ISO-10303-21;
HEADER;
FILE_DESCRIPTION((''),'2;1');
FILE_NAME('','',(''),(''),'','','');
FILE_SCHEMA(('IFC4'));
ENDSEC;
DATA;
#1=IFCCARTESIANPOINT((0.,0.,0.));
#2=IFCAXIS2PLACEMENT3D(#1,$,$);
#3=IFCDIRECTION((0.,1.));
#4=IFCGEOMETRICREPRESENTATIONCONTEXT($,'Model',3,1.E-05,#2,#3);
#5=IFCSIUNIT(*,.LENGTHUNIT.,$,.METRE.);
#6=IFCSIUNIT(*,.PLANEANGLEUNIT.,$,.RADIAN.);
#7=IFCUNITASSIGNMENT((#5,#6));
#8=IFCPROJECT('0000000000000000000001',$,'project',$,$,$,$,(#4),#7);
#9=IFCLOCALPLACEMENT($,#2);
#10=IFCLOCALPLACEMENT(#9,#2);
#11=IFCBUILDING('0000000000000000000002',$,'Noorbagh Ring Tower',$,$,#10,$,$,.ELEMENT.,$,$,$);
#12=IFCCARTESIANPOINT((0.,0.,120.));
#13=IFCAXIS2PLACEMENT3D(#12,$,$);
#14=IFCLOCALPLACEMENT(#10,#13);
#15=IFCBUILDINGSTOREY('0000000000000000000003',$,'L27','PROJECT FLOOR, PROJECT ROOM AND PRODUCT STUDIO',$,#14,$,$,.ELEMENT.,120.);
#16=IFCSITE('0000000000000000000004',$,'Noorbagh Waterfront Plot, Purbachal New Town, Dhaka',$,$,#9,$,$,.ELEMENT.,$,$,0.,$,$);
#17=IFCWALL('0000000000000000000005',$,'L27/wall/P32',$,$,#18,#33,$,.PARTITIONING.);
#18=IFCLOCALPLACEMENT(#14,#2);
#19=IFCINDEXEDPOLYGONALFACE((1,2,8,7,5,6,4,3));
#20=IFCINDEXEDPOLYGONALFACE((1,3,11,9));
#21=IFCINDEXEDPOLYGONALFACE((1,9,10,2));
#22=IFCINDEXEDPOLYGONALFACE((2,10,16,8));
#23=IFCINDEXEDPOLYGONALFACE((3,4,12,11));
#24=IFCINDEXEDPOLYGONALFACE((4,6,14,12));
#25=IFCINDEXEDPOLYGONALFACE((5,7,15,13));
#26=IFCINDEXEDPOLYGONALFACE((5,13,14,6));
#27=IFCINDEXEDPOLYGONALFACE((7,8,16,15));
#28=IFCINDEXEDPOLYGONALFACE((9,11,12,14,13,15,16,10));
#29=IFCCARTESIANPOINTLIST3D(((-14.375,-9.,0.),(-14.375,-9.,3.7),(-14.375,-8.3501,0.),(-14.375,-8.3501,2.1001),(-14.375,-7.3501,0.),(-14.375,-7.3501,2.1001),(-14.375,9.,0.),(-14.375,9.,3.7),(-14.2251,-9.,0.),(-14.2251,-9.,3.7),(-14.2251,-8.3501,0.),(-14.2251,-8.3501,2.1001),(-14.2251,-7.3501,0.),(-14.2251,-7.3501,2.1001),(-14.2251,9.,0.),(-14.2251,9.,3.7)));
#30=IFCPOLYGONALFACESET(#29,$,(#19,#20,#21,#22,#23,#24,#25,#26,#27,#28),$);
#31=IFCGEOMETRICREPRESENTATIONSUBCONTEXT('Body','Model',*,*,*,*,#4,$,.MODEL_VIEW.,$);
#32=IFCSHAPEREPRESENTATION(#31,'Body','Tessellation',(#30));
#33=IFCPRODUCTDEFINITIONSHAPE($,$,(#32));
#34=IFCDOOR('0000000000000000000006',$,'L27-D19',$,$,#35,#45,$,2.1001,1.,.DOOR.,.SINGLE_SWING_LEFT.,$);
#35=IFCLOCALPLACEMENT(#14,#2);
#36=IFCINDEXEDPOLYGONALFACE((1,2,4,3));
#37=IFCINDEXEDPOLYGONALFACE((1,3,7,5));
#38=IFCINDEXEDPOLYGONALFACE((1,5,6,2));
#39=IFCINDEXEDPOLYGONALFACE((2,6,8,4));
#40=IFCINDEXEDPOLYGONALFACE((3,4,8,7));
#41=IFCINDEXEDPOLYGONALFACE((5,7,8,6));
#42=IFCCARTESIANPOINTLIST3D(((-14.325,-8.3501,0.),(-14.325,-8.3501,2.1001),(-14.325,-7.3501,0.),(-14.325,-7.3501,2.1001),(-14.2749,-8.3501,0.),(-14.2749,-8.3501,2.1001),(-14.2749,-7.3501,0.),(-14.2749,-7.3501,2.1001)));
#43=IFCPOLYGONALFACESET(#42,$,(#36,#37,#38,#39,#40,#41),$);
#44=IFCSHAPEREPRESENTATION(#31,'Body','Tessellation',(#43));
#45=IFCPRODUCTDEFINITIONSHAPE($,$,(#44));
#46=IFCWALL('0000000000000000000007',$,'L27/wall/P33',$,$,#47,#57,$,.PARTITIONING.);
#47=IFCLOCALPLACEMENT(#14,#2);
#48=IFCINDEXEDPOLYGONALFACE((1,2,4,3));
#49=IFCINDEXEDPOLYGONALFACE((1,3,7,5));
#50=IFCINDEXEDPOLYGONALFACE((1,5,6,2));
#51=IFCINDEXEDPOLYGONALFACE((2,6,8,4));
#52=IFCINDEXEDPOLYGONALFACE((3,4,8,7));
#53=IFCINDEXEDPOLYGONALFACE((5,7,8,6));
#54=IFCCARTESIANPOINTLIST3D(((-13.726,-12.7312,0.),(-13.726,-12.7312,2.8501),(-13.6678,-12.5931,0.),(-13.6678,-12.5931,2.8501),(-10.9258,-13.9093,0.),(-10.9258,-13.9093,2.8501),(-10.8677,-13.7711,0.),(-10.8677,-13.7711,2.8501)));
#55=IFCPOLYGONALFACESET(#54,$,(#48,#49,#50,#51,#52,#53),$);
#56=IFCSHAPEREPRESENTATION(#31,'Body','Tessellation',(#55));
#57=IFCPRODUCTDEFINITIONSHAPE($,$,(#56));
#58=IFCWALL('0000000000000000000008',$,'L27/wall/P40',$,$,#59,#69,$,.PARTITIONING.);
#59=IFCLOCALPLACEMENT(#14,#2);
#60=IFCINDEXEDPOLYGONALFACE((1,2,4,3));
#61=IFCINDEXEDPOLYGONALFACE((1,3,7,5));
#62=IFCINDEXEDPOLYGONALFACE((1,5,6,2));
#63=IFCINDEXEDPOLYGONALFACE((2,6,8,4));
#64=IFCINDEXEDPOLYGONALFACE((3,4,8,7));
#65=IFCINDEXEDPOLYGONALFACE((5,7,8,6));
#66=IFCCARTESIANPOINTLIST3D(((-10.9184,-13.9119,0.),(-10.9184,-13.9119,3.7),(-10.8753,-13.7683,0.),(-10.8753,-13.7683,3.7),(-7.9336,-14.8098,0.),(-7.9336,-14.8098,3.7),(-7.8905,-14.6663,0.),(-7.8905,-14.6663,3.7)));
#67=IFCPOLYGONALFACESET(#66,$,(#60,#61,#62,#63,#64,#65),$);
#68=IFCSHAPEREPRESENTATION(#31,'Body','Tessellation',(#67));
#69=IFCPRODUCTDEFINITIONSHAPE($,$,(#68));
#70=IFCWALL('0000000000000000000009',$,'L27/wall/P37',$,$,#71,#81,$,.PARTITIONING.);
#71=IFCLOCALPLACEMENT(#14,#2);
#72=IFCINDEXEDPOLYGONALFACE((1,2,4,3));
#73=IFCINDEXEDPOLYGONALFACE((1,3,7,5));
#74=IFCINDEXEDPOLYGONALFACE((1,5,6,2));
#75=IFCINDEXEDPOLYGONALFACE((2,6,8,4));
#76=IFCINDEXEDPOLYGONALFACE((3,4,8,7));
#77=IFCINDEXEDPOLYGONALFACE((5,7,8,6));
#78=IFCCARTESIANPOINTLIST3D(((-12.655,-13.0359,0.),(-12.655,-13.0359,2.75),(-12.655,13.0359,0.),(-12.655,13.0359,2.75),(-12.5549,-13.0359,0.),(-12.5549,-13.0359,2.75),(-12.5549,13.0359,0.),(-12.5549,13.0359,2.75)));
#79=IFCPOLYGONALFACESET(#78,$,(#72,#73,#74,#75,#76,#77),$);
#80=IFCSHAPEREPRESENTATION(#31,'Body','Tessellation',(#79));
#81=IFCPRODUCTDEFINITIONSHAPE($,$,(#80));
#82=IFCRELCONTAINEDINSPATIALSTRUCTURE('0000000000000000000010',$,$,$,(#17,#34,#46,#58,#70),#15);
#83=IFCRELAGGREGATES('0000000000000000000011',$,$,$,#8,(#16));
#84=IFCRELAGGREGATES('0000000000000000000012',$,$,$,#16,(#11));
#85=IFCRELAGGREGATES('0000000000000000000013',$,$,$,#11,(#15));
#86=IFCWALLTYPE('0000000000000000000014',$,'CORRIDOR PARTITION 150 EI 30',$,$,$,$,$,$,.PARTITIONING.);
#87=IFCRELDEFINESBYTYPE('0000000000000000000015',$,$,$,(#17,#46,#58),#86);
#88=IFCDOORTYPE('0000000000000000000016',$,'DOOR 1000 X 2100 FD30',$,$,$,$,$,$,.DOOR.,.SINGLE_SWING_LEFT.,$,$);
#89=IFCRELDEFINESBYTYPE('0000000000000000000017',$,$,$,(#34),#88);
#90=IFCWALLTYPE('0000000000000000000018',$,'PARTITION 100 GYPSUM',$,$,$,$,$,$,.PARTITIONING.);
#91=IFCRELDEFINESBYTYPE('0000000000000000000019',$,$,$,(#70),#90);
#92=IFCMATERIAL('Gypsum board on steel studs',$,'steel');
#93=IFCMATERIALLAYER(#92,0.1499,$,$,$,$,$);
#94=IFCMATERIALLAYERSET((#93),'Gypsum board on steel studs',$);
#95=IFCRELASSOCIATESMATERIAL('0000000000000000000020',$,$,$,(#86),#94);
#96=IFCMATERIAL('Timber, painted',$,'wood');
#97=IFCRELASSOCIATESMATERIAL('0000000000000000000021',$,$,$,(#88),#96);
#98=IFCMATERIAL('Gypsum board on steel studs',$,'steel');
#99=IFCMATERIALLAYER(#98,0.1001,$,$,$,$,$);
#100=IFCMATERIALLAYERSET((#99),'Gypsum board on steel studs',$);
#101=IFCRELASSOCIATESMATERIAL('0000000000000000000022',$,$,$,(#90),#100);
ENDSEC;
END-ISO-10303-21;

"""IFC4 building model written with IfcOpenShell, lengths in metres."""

from ifc_helpers import new_model, si_unit, direction, frame, frame_2d, origin, place, context, subcontext, project, spatial, rectangle, extrude, material, layer, layer_set, type_object, element, fill, save


model = new_model("IFC4")

# Units and contexts
model_context = context("Model", 3, precision=1e-05, world=origin(), true_north=direction((0.0, 1.0)))
body_context = subcontext(model_context, "Body", "Model", "MODEL_VIEW")
ifc_project = project(units=[si_unit("LENGTHUNIT", "METRE"), si_unit("PLANEANGLEUNIT", "RADIAN")], contexts=[model_context])

# Site, building, storey
site_placement = place(None, origin())
site = spatial("IfcSite", under=ifc_project, at=site_placement, Name="Noorbagh Waterfront Plot, Purbachal New Town, Dhaka", CompositionType="ELEMENT", RefElevation=0.0)
building_placement = place(site_placement, origin())
building = spatial("IfcBuilding", under=site, at=building_placement, Name="Noorbagh Ring Tower", CompositionType="ELEMENT")
storey_placement = place(building_placement, frame((0.0, 0.0, 120.0)))
storey = spatial("IfcBuildingStorey", under=building, at=storey_placement, Name="L27", Description="PROJECT FLOOR, PROJECT ROOM AND PRODUCT STUDIO", CompositionType="ELEMENT", Elevation=120.0)

# Shared definitions
ifc_material_1 = material(Name="Gypsum board on steel studs", Category="steel")
ifc_layer_1 = layer(ifc_material_1, 0.1499)
ifc_layer_set_1 = layer_set([ifc_layer_1], Name="Gypsum board on steel studs")
wall_type_1 = type_object("IfcWallType", Name="CORRIDOR PARTITION 150 EI 30", PredefinedType="PARTITIONING", material=ifc_layer_set_1)

# Wall, opening, door
ifc_material_2 = material(Name="Timber, painted", Category="wood")
door_type_1 = type_object("IfcDoorType", Name="DOOR 1000 X 2100 FD30", OperationType="SINGLE_SWING_LEFT", PredefinedType="DOOR", material=ifc_material_2)
wall_1_placement = place(storey_placement, frame((-14.3, -9.0, 0.0), z_axis=(0.0, 0.0, 1.0), x_axis=(0.0, 1.0, 0.0)))
wall_1 = element("IfcWall", 1, at=wall_1_placement, inside=storey, type_object=wall_type_1, Name="L27/wall/P32", PredefinedType="PARTITIONING", context=body_context, shape_type="SweptSolid", body=[
    extrude(rectangle(XDim=18.0, YDim=0.1499, at=frame_2d((9.0, 0.0))), origin(), (0.0, 0.0, 1.0), 3.7),
])
opening_1_placement = place(wall_1_placement, frame((0.6499, 0.0, 0.0)))
opening_1 = element("IfcOpeningElement", 2, at=opening_1_placement, cuts=wall_1, PredefinedType="OPENING", context=body_context, shape_type="SweptSolid", body=[
    extrude(rectangle(XDim=1.0, YDim=2.1001, at=frame_2d((0.5, 1.05))), frame((0.0, 0.085, 0.0), z_axis=(0.0, -1.0, 0.0), x_axis=(1.0, 0.0, 0.0)), (0.0, 0.0, 1.0), 0.1699),
])
door_1_placement = place(opening_1_placement, origin())
door_1 = element("IfcDoor", 3, at=door_1_placement, inside=storey, type_object=door_type_1, Name="L27-D19", OperationType="SINGLE_SWING_LEFT", OverallHeight=2.1001, OverallWidth=1.0, PredefinedType="DOOR", context=body_context, shape_type="SweptSolid", body=[
    extrude(rectangle(XDim=1.0, YDim=2.1001, at=frame_2d((0.5, 1.05))), frame((0.0, 0.0249, 0.0), z_axis=(0.0, -1.0, 0.0), x_axis=(1.0, 0.0, 0.0)), (0.0, 0.0, 1.0), 0.05),
])
fill(opening_1, door_1)

# Walls
wall_2_placement = place(storey_placement, frame((-13.697, -12.6621, 0.0), z_axis=(0.0, 0.0, 1.0), x_axis=(0.921752, -0.38778, 0.0)))
element("IfcWall", 4, at=wall_2_placement, inside=storey, type_object=wall_type_1, Name="L27/wall/P33", PredefinedType="PARTITIONING", context=body_context, shape_type="SweptSolid", body=[
    extrude(rectangle(XDim=3.0378, YDim=0.1499, at=frame_2d((1.519, 0.0))), origin(), (0.0, 0.0, 1.0), 2.8501),
])
wall_3_placement = place(storey_placement, frame((-10.897, -13.8401, 0.0), z_axis=(0.0, 0.0, 1.0), x_axis=(0.957606, -0.288081, 0.0)))
element("IfcWall", 5, at=wall_3_placement, inside=storey, type_object=wall_type_1, Name="L27/wall/P40", PredefinedType="PARTITIONING", context=body_context, shape_type="SweptSolid", body=[
    extrude(rectangle(XDim=3.1169, YDim=0.1499, at=frame_2d((1.5586, 0.0))), origin(), (0.0, 0.0, 1.0), 3.7),
])
ifc_material_3 = material(Name="Gypsum board on steel studs", Category="steel")
ifc_layer_2 = layer(ifc_material_3, 0.1001)
ifc_layer_set_2 = layer_set([ifc_layer_2], Name="Gypsum board on steel studs")
wall_type_2 = type_object("IfcWallType", Name="PARTITION 100 GYPSUM", PredefinedType="PARTITIONING", material=ifc_layer_set_2)
wall_4_placement = place(storey_placement, frame((-12.605, -13.0359, 0.0), z_axis=(0.0, 0.0, 1.0), x_axis=(0.0, 1.0, 0.0)))
element("IfcWall", 6, at=wall_4_placement, inside=storey, type_object=wall_type_2, Name="L27/wall/P37", PredefinedType="PARTITIONING", context=body_context, shape_type="SweptSolid", body=[
    extrude(rectangle(XDim=26.0718, YDim=0.1001, at=frame_2d((13.0359, 0.0))), origin(), (0.0, 0.0, 1.0), 2.75),
])

save(model, "model.ifc")
